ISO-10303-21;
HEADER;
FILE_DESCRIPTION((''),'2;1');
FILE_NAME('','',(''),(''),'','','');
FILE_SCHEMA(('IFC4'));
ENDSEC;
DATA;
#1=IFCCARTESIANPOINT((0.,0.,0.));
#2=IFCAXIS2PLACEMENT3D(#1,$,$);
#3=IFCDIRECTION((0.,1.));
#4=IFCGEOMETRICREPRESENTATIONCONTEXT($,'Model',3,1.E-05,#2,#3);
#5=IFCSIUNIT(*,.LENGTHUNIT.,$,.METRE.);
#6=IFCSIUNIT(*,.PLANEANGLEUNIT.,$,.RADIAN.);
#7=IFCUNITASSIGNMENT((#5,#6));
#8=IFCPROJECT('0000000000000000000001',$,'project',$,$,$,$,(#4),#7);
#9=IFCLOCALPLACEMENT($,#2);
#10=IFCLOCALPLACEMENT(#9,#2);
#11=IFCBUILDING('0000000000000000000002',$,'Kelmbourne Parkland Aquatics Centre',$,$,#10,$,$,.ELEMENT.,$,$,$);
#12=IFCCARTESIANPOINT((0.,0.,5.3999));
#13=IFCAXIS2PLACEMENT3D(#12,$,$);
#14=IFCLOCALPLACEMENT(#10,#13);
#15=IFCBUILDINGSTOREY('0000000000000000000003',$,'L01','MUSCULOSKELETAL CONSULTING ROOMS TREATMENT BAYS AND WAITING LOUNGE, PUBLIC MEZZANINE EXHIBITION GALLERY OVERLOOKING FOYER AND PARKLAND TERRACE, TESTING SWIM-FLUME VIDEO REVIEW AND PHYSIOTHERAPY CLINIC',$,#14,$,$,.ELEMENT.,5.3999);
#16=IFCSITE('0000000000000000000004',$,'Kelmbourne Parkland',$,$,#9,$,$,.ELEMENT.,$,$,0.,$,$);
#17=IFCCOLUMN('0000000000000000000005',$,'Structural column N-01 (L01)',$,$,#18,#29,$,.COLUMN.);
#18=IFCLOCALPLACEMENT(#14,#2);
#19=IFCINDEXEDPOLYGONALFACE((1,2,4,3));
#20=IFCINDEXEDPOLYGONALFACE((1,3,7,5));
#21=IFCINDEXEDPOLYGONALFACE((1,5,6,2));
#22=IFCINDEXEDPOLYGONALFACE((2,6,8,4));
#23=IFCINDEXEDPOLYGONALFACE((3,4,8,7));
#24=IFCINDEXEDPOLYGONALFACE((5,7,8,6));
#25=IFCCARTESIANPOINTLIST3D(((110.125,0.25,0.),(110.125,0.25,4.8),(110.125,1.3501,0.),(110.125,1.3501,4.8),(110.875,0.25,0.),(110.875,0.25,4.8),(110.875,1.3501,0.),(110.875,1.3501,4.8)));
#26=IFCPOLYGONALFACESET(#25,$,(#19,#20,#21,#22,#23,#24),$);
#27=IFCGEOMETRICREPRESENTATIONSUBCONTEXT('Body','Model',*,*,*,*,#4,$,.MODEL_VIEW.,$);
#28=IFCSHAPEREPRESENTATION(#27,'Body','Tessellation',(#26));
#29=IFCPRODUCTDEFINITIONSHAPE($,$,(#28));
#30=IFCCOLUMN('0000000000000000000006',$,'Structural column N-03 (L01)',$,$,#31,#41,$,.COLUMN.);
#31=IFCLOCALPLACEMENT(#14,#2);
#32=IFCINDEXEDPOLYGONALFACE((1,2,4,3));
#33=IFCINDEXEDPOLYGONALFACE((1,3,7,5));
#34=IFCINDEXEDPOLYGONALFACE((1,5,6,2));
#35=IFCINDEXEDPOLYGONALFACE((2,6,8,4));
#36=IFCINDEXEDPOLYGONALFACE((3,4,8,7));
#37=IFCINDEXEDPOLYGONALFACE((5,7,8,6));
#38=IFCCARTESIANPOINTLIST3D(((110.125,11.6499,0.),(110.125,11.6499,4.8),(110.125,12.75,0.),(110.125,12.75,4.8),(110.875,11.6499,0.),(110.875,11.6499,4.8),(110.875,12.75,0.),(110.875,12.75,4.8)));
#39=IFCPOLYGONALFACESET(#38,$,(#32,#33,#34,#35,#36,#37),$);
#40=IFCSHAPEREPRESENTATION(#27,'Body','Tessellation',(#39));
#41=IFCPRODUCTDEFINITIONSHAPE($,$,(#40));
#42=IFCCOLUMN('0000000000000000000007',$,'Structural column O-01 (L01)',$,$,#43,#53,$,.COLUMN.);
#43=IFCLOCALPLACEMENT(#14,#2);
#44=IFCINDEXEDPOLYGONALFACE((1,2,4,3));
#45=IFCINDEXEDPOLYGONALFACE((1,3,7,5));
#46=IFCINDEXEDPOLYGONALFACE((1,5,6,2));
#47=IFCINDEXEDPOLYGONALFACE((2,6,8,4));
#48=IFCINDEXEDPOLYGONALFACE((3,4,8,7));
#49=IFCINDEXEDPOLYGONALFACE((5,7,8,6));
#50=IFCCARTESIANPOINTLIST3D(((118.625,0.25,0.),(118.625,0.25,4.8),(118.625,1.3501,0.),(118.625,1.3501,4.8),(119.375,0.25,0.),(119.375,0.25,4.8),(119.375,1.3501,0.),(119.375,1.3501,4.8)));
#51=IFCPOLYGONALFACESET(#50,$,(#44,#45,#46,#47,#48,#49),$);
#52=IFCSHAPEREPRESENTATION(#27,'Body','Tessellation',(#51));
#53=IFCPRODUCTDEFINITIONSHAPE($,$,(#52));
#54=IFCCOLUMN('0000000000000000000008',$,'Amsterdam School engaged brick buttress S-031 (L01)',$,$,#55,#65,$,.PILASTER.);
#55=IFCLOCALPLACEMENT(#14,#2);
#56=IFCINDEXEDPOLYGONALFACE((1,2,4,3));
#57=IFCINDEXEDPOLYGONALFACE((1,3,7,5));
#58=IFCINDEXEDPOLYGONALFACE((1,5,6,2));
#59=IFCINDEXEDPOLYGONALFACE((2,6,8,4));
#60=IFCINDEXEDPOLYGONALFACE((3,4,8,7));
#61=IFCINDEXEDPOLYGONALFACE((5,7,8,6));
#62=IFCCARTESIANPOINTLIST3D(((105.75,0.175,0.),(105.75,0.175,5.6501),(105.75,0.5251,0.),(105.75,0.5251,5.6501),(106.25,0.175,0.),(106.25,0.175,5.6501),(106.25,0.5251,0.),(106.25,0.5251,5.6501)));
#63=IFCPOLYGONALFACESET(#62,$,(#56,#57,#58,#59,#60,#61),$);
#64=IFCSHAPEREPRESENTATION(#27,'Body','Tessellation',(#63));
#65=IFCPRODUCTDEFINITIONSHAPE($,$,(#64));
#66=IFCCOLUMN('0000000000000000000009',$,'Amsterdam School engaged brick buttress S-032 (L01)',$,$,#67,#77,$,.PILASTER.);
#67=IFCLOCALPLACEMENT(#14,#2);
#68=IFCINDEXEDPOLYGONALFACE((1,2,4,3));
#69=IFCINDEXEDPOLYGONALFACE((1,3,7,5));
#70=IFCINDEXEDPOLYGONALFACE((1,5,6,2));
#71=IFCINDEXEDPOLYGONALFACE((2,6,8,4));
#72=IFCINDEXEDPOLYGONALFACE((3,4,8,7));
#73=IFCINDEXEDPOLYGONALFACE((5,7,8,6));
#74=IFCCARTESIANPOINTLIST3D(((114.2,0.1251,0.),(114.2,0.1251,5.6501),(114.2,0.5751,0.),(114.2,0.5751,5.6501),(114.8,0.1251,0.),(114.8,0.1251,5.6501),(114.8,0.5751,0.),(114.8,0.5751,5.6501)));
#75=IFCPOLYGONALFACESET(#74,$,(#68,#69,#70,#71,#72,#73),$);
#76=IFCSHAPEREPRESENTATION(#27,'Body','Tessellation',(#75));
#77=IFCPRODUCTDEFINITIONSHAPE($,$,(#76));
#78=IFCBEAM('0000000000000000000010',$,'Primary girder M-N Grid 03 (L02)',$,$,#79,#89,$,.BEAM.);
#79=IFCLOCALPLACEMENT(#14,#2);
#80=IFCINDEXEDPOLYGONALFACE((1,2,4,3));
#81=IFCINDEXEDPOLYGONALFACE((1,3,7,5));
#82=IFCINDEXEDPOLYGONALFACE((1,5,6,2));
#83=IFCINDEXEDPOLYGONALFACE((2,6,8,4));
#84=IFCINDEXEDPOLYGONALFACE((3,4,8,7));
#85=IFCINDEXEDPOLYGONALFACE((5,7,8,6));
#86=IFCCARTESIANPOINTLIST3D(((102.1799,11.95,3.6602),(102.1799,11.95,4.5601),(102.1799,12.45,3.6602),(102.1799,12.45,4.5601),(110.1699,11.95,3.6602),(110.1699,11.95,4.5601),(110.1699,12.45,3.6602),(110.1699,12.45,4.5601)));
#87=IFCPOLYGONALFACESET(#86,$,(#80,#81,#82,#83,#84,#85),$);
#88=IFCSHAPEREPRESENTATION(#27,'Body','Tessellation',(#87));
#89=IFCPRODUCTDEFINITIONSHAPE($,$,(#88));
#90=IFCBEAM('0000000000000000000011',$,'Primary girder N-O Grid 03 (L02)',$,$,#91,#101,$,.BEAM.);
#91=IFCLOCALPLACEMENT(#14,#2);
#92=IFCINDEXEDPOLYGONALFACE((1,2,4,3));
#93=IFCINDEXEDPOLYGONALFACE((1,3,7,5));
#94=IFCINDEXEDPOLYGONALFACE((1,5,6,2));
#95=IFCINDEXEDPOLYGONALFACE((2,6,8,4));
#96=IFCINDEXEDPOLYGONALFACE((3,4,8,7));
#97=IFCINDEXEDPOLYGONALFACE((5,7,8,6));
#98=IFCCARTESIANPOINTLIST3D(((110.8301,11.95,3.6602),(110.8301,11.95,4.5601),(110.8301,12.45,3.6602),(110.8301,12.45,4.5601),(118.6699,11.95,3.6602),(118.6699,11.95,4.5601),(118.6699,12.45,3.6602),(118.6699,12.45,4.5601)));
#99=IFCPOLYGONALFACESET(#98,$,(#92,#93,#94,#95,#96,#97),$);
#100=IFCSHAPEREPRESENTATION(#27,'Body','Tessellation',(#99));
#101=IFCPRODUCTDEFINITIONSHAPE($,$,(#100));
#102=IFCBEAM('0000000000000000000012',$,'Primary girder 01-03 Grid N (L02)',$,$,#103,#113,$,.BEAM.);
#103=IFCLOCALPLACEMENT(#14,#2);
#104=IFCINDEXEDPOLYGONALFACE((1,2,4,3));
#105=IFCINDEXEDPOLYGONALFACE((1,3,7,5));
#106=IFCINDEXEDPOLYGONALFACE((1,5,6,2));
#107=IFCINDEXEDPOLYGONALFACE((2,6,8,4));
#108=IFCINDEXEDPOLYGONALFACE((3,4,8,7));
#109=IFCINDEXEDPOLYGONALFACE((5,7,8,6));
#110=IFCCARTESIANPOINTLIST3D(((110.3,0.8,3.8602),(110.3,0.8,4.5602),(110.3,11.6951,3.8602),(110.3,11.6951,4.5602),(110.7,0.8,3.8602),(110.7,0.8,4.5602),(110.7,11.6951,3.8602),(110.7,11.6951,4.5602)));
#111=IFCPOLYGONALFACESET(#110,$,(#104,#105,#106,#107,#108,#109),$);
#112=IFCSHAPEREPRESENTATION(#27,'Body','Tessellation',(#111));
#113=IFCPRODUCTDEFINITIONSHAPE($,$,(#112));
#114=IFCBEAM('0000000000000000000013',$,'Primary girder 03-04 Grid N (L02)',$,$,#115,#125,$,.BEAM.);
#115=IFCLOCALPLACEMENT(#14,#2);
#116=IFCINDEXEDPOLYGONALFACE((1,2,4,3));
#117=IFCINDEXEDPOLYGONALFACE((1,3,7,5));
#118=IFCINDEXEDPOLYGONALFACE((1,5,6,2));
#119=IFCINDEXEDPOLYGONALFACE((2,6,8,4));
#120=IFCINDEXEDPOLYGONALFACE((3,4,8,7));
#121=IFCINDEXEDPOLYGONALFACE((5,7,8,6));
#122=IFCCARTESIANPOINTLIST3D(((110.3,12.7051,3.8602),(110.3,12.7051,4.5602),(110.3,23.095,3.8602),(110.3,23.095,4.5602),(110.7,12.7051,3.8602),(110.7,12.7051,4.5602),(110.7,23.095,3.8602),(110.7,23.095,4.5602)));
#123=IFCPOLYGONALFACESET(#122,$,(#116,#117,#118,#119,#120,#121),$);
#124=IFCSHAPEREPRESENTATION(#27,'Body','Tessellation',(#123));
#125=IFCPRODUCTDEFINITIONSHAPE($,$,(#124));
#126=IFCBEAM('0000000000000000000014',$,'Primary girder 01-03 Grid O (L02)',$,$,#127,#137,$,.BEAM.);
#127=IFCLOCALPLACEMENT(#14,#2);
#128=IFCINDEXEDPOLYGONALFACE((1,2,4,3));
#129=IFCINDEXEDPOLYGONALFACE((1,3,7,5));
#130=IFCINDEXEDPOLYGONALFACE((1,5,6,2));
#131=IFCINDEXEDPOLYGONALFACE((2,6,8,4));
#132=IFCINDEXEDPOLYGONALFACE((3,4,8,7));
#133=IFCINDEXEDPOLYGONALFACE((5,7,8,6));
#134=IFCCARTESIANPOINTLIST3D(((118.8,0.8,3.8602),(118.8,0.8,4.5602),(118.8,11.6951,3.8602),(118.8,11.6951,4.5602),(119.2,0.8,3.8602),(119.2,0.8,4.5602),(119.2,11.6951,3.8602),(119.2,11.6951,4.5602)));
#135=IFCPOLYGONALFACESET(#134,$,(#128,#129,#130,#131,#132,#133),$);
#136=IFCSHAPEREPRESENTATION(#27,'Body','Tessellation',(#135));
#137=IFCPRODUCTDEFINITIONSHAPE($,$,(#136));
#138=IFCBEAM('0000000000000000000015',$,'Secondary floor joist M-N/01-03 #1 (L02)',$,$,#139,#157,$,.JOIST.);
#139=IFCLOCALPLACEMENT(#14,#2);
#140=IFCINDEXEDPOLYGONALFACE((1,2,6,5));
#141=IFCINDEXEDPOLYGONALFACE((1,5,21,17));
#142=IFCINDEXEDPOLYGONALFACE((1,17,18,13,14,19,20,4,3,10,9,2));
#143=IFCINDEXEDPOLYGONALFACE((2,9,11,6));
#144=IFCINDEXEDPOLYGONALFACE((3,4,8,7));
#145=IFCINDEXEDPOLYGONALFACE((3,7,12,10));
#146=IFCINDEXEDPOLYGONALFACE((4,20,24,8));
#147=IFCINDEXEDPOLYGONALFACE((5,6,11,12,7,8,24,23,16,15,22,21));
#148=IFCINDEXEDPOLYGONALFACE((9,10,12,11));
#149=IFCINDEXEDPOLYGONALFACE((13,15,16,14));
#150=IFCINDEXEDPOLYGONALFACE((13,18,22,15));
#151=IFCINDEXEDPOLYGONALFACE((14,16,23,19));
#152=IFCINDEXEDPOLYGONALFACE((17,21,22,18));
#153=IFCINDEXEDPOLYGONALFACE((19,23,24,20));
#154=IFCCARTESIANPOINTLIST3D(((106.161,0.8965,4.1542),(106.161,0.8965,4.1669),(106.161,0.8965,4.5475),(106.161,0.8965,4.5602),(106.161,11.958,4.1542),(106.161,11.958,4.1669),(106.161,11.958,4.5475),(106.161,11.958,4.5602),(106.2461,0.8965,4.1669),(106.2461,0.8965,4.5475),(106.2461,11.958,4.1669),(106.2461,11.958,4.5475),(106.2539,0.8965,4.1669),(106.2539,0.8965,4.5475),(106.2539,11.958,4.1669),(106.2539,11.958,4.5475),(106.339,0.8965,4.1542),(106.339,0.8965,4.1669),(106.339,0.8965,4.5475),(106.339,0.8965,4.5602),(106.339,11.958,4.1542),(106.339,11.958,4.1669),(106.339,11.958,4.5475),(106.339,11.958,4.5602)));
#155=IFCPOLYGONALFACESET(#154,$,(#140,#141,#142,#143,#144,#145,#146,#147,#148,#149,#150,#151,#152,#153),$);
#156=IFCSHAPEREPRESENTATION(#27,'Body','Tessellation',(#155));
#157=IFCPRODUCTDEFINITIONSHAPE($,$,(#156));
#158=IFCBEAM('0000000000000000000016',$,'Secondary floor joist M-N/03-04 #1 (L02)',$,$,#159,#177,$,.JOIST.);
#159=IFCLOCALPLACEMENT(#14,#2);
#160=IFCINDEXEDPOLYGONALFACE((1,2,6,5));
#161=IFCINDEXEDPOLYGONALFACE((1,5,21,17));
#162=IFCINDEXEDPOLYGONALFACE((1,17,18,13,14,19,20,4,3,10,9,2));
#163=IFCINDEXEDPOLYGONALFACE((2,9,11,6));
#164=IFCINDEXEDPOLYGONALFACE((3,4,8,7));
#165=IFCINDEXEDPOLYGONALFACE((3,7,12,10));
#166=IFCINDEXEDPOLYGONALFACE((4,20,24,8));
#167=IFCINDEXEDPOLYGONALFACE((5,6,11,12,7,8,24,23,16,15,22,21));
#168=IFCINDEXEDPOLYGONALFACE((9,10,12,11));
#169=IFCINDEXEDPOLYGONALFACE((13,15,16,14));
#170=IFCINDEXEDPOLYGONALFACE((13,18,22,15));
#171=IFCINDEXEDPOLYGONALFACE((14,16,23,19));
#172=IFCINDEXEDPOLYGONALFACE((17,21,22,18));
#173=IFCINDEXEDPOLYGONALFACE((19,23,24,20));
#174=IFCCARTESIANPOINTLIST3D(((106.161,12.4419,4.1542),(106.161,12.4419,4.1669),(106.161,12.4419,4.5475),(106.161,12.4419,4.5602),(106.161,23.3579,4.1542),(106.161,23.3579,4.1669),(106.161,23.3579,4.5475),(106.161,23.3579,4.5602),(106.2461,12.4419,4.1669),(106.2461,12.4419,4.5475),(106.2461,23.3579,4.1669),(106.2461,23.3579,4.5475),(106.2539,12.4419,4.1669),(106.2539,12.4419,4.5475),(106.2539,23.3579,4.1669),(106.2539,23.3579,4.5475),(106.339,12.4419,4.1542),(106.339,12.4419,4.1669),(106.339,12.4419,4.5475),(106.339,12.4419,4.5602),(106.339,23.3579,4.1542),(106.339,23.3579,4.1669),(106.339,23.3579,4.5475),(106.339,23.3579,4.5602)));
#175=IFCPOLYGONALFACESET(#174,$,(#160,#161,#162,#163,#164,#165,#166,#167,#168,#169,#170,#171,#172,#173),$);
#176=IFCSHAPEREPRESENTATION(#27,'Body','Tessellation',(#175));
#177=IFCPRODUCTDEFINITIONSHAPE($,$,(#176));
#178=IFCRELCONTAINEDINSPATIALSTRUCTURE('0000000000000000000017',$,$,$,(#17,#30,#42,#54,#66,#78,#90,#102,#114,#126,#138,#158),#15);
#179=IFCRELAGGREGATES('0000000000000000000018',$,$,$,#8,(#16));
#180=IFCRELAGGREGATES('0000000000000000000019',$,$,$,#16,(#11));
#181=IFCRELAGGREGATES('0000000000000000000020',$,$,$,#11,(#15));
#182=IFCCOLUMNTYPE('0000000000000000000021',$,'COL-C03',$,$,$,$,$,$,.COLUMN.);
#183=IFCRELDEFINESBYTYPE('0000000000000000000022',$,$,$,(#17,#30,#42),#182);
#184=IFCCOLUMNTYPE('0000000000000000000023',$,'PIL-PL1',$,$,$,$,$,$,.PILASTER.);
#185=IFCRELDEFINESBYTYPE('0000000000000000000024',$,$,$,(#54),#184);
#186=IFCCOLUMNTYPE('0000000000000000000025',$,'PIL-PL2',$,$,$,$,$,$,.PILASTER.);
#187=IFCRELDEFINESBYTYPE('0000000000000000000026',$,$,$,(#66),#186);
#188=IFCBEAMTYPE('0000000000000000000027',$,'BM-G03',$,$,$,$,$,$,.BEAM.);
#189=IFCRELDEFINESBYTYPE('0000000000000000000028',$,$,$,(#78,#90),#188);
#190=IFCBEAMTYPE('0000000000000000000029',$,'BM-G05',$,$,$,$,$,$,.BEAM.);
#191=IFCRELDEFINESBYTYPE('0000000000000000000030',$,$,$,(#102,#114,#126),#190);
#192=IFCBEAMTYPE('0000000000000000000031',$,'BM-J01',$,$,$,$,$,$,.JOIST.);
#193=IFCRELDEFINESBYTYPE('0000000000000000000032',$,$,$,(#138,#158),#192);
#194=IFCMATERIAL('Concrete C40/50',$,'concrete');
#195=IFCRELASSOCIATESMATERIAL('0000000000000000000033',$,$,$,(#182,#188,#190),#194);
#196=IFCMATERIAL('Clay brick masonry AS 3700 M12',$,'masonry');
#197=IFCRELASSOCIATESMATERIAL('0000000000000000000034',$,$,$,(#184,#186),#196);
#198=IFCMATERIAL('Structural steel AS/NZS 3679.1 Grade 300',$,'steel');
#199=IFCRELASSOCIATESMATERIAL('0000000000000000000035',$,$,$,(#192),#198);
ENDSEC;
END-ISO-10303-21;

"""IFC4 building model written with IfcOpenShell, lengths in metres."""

from ifc_helpers import new_model, si_unit, direction, frame, origin, origin_2d, place, context, subcontext, project, spatial, rectangle, i_section, extrude, material, material_profile, profile_set, type_object, element, save


model = new_model("IFC4")

# Units and contexts
model_context = context("Model", 3, precision=1e-05, world=origin(), true_north=direction((0.0, 1.0)))
body_context = subcontext(model_context, "Body", "Model", "MODEL_VIEW")
ifc_project = project(units=[si_unit("LENGTHUNIT", "METRE"), si_unit("PLANEANGLEUNIT", "RADIAN")], contexts=[model_context])

# Site, building, storey
site_placement = place(None, origin())
site = spatial("IfcSite", under=ifc_project, at=site_placement, Name="Kelmbourne Parkland", CompositionType="ELEMENT", RefElevation=0.0)
building_placement = place(site_placement, origin())
building = spatial("IfcBuilding", under=site, at=building_placement, Name="Kelmbourne Parkland Aquatics Centre", CompositionType="ELEMENT")
storey_placement = place(building_placement, frame((0.0, 0.0, 5.3999)))
storey = spatial("IfcBuildingStorey", under=building, at=storey_placement, Name="L01", Description="MUSCULOSKELETAL CONSULTING ROOMS TREATMENT BAYS AND WAITING LOUNGE, PUBLIC MEZZANINE EXHIBITION GALLERY OVERLOOKING FOYER AND PARKLAND TERRACE, TESTING SWIM-FLUME VIDEO REVIEW AND PHYSIOTHERAPY CLINIC", CompositionType="ELEMENT", Elevation=5.3999)

# Columns
ifc_material_1 = material(Name="Concrete C40/50", Category="concrete")
ifc_material_profile_1 = material_profile(ifc_material_1, rectangle(XDim=0.75, YDim=1.1001, at=origin_2d()), Name="RC 750x1100")
ifc_profile_set_1 = profile_set([ifc_material_profile_1], Name="Concrete C40/50")
column_type_1 = type_object("IfcColumnType", Name="COL-C03", PredefinedType="COLUMN", material=ifc_profile_set_1)
for number, where, z_axis, x_axis, name in (
    (1, (110.5, 0.8, 0.0), (0.0, 0.0, 1.0), (1.0, 0.0, 0.0), "Structural column N-01 (L01)"),
    (2, (110.5, 12.2, 0.0), (0.0, 0.0, 1.0), (1.0, 0.0, 0.0), "Structural column N-03 (L01)"),
    (3, (119.0, 0.8, 0.0), (0.0, 0.0, 1.0), (1.0, 0.0, 0.0), "Structural column O-01 (L01)"),
):
    element("IfcColumn", number, at=place(storey_placement, frame(where, z_axis=z_axis, x_axis=x_axis)), inside=storey, type_object=column_type_1, Name=name, PredefinedType="COLUMN", context=body_context, shape_type="SweptSolid", body=[
        extrude(rectangle(XDim=0.75, YDim=1.1001, at=origin_2d()), origin(), (0.0, 0.0, 1.0), 4.8),
    ])
ifc_material_2 = material(Name="Clay brick masonry AS 3700 M12", Category="masonry")
ifc_material_profile_2 = material_profile(ifc_material_2, rectangle(XDim=0.3501, YDim=0.5, at=origin_2d()), Name="PIL 350x500")
ifc_profile_set_2 = profile_set([ifc_material_profile_2], Name="Clay brick masonry AS 3700 M12")
column_type_2 = type_object("IfcColumnType", Name="PIL-PL1", PredefinedType="PILASTER", material=ifc_profile_set_2)
column_1_placement = place(storey_placement, frame((106.0, 0.3501, 0.0), z_axis=(0.0, 0.0, 1.0), x_axis=(0.0, 1.0, 0.0)))
element("IfcColumn", 4, at=column_1_placement, inside=storey, type_object=column_type_2, Name="Amsterdam School engaged brick buttress S-031 (L01)", PredefinedType="PILASTER", context=body_context, shape_type="SweptSolid", body=[
    extrude(rectangle(XDim=0.3501, YDim=0.5, at=origin_2d()), origin(), (0.0, 0.0, 1.0), 5.6501),
])
ifc_material_profile_3 = material_profile(ifc_material_2, rectangle(XDim=0.45, YDim=0.6001, at=origin_2d()), Name="PIL 450x600")
ifc_profile_set_3 = profile_set([ifc_material_profile_3], Name="Clay brick masonry AS 3700 M12")
column_type_3 = type_object("IfcColumnType", Name="PIL-PL2", PredefinedType="PILASTER", material=ifc_profile_set_3)
column_2_placement = place(storey_placement, frame((114.5, 0.3501, 0.0), z_axis=(0.0, 0.0, 1.0), x_axis=(0.0, 1.0, 0.0)))
element("IfcColumn", 5, at=column_2_placement, inside=storey, type_object=column_type_3, Name="Amsterdam School engaged brick buttress S-032 (L01)", PredefinedType="PILASTER", context=body_context, shape_type="SweptSolid", body=[
    extrude(rectangle(XDim=0.45, YDim=0.6001, at=origin_2d()), origin(), (0.0, 0.0, 1.0), 5.6501),
])

# Beams
ifc_material_profile_4 = material_profile(ifc_material_1, rectangle(XDim=0.5, YDim=0.8999, at=origin_2d()), Name="RC 500x900")
ifc_profile_set_4 = profile_set([ifc_material_profile_4], Name="Concrete C40/50")
beam_type_1 = type_object("IfcBeamType", Name="BM-G03", PredefinedType="BEAM", material=ifc_profile_set_4)
beam_1_placement = place(storey_placement, frame((102.1799, 12.2, 4.1101), z_axis=(1.0, 0.0, 0.0), x_axis=(0.0, 1.0, 0.0)))
element("IfcBeam", 6, at=beam_1_placement, inside=storey, type_object=beam_type_1, Name="Primary girder M-N Grid 03 (L02)", PredefinedType="BEAM", context=body_context, shape_type="SweptSolid", body=[
    extrude(rectangle(XDim=0.5, YDim=0.8999, at=origin_2d()), origin(), (0.0, 0.0, 1.0), 7.99),
])
beam_2_placement = place(storey_placement, frame((110.8301, 12.2, 4.1101), z_axis=(1.0, 0.0, 0.0), x_axis=(0.0, 1.0, 0.0)))
element("IfcBeam", 7, at=beam_2_placement, inside=storey, type_object=beam_type_1, Name="Primary girder N-O Grid 03 (L02)", PredefinedType="BEAM", context=body_context, shape_type="SweptSolid", body=[
    extrude(rectangle(XDim=0.5, YDim=0.8999, at=origin_2d()), origin(), (0.0, 0.0, 1.0), 7.8398),
])
ifc_material_profile_5 = material_profile(ifc_material_1, rectangle(XDim=0.3999, YDim=0.7, at=origin_2d()), Name="RC 400x700")
ifc_profile_set_5 = profile_set([ifc_material_profile_5], Name="Concrete C40/50")
beam_type_2 = type_object("IfcBeamType", Name="BM-G05", PredefinedType="BEAM", material=ifc_profile_set_5)
beam_3_placement = place(storey_placement, frame((110.5, 0.8, 4.2102), z_axis=(0.0, 1.0, 0.0), x_axis=(-1.0, 0.0, 0.0)))
element("IfcBeam", 8, at=beam_3_placement, inside=storey, type_object=beam_type_2, Name="Primary girder 01-03 Grid N (L02)", PredefinedType="BEAM", context=body_context, shape_type="SweptSolid", body=[
    extrude(rectangle(XDim=0.3999, YDim=0.7, at=origin_2d()), origin(), (0.0, 0.0, 1.0), 10.895),
])
beam_4_placement = place(storey_placement, frame((110.5, 12.7051, 4.2102), z_axis=(0.0, 1.0, 0.0), x_axis=(-1.0, 0.0, 0.0)))
element("IfcBeam", 9, at=beam_4_placement, inside=storey, type_object=beam_type_2, Name="Primary girder 03-04 Grid N (L02)", PredefinedType="BEAM", context=body_context, shape_type="SweptSolid", body=[
    extrude(rectangle(XDim=0.3999, YDim=0.7, at=origin_2d()), origin(), (0.0, 0.0, 1.0), 10.3899),
])
beam_5_placement = place(storey_placement, frame((119.0, 0.8, 4.2102), z_axis=(0.0, 1.0, 0.0), x_axis=(-1.0, 0.0, 0.0)))
element("IfcBeam", 10, at=beam_5_placement, inside=storey, type_object=beam_type_2, Name="Primary girder 01-03 Grid O (L02)", PredefinedType="BEAM", context=body_context, shape_type="SweptSolid", body=[
    extrude(rectangle(XDim=0.3999, YDim=0.7, at=origin_2d()), origin(), (0.0, 0.0, 1.0), 10.895),
])
ifc_material_3 = material(Name="Structural steel AS/NZS 3679.1 Grade 300", Category="steel")
ifc_material_profile_6 = material_profile(ifc_material_3, i_section(OverallWidth=0.178, OverallDepth=0.406, WebThickness=0.0078, FlangeThickness=0.0127, at=origin_2d()), Name="410UB59.7")
ifc_profile_set_6 = profile_set([ifc_material_profile_6], Name="Structural steel AS/NZS 3679.1 Grade 300")
beam_type_3 = type_object("IfcBeamType", Name="BM-J01", PredefinedType="JOIST", material=ifc_profile_set_6)
beam_6_placement = place(storey_placement, frame((106.25, 0.8965, 4.3572), z_axis=(0.0, 1.0, 0.0), x_axis=(-1.0, 0.0, 0.0)))
element("IfcBeam", 11, at=beam_6_placement, inside=storey, type_object=beam_type_3, Name="Secondary floor joist M-N/01-03 #1 (L02)", PredefinedType="JOIST", context=body_context, shape_type="SweptSolid", body=[
    extrude(i_section(OverallWidth=0.178, OverallDepth=0.406, WebThickness=0.0078, FlangeThickness=0.0127, at=origin_2d()), origin(), (0.0, 0.0, 1.0), 11.0615),
])
beam_7_placement = place(storey_placement, frame((106.25, 12.4419, 4.3572), z_axis=(0.0, 1.0, 0.0), x_axis=(-1.0, 0.0, 0.0)))
element("IfcBeam", 12, at=beam_7_placement, inside=storey, type_object=beam_type_3, Name="Secondary floor joist M-N/03-04 #1 (L02)", PredefinedType="JOIST", context=body_context, shape_type="SweptSolid", body=[
    extrude(i_section(OverallWidth=0.178, OverallDepth=0.406, WebThickness=0.0078, FlangeThickness=0.0127, at=origin_2d()), origin(), (0.0, 0.0, 1.0), 10.916),
])

save(model, "model.ifc")
